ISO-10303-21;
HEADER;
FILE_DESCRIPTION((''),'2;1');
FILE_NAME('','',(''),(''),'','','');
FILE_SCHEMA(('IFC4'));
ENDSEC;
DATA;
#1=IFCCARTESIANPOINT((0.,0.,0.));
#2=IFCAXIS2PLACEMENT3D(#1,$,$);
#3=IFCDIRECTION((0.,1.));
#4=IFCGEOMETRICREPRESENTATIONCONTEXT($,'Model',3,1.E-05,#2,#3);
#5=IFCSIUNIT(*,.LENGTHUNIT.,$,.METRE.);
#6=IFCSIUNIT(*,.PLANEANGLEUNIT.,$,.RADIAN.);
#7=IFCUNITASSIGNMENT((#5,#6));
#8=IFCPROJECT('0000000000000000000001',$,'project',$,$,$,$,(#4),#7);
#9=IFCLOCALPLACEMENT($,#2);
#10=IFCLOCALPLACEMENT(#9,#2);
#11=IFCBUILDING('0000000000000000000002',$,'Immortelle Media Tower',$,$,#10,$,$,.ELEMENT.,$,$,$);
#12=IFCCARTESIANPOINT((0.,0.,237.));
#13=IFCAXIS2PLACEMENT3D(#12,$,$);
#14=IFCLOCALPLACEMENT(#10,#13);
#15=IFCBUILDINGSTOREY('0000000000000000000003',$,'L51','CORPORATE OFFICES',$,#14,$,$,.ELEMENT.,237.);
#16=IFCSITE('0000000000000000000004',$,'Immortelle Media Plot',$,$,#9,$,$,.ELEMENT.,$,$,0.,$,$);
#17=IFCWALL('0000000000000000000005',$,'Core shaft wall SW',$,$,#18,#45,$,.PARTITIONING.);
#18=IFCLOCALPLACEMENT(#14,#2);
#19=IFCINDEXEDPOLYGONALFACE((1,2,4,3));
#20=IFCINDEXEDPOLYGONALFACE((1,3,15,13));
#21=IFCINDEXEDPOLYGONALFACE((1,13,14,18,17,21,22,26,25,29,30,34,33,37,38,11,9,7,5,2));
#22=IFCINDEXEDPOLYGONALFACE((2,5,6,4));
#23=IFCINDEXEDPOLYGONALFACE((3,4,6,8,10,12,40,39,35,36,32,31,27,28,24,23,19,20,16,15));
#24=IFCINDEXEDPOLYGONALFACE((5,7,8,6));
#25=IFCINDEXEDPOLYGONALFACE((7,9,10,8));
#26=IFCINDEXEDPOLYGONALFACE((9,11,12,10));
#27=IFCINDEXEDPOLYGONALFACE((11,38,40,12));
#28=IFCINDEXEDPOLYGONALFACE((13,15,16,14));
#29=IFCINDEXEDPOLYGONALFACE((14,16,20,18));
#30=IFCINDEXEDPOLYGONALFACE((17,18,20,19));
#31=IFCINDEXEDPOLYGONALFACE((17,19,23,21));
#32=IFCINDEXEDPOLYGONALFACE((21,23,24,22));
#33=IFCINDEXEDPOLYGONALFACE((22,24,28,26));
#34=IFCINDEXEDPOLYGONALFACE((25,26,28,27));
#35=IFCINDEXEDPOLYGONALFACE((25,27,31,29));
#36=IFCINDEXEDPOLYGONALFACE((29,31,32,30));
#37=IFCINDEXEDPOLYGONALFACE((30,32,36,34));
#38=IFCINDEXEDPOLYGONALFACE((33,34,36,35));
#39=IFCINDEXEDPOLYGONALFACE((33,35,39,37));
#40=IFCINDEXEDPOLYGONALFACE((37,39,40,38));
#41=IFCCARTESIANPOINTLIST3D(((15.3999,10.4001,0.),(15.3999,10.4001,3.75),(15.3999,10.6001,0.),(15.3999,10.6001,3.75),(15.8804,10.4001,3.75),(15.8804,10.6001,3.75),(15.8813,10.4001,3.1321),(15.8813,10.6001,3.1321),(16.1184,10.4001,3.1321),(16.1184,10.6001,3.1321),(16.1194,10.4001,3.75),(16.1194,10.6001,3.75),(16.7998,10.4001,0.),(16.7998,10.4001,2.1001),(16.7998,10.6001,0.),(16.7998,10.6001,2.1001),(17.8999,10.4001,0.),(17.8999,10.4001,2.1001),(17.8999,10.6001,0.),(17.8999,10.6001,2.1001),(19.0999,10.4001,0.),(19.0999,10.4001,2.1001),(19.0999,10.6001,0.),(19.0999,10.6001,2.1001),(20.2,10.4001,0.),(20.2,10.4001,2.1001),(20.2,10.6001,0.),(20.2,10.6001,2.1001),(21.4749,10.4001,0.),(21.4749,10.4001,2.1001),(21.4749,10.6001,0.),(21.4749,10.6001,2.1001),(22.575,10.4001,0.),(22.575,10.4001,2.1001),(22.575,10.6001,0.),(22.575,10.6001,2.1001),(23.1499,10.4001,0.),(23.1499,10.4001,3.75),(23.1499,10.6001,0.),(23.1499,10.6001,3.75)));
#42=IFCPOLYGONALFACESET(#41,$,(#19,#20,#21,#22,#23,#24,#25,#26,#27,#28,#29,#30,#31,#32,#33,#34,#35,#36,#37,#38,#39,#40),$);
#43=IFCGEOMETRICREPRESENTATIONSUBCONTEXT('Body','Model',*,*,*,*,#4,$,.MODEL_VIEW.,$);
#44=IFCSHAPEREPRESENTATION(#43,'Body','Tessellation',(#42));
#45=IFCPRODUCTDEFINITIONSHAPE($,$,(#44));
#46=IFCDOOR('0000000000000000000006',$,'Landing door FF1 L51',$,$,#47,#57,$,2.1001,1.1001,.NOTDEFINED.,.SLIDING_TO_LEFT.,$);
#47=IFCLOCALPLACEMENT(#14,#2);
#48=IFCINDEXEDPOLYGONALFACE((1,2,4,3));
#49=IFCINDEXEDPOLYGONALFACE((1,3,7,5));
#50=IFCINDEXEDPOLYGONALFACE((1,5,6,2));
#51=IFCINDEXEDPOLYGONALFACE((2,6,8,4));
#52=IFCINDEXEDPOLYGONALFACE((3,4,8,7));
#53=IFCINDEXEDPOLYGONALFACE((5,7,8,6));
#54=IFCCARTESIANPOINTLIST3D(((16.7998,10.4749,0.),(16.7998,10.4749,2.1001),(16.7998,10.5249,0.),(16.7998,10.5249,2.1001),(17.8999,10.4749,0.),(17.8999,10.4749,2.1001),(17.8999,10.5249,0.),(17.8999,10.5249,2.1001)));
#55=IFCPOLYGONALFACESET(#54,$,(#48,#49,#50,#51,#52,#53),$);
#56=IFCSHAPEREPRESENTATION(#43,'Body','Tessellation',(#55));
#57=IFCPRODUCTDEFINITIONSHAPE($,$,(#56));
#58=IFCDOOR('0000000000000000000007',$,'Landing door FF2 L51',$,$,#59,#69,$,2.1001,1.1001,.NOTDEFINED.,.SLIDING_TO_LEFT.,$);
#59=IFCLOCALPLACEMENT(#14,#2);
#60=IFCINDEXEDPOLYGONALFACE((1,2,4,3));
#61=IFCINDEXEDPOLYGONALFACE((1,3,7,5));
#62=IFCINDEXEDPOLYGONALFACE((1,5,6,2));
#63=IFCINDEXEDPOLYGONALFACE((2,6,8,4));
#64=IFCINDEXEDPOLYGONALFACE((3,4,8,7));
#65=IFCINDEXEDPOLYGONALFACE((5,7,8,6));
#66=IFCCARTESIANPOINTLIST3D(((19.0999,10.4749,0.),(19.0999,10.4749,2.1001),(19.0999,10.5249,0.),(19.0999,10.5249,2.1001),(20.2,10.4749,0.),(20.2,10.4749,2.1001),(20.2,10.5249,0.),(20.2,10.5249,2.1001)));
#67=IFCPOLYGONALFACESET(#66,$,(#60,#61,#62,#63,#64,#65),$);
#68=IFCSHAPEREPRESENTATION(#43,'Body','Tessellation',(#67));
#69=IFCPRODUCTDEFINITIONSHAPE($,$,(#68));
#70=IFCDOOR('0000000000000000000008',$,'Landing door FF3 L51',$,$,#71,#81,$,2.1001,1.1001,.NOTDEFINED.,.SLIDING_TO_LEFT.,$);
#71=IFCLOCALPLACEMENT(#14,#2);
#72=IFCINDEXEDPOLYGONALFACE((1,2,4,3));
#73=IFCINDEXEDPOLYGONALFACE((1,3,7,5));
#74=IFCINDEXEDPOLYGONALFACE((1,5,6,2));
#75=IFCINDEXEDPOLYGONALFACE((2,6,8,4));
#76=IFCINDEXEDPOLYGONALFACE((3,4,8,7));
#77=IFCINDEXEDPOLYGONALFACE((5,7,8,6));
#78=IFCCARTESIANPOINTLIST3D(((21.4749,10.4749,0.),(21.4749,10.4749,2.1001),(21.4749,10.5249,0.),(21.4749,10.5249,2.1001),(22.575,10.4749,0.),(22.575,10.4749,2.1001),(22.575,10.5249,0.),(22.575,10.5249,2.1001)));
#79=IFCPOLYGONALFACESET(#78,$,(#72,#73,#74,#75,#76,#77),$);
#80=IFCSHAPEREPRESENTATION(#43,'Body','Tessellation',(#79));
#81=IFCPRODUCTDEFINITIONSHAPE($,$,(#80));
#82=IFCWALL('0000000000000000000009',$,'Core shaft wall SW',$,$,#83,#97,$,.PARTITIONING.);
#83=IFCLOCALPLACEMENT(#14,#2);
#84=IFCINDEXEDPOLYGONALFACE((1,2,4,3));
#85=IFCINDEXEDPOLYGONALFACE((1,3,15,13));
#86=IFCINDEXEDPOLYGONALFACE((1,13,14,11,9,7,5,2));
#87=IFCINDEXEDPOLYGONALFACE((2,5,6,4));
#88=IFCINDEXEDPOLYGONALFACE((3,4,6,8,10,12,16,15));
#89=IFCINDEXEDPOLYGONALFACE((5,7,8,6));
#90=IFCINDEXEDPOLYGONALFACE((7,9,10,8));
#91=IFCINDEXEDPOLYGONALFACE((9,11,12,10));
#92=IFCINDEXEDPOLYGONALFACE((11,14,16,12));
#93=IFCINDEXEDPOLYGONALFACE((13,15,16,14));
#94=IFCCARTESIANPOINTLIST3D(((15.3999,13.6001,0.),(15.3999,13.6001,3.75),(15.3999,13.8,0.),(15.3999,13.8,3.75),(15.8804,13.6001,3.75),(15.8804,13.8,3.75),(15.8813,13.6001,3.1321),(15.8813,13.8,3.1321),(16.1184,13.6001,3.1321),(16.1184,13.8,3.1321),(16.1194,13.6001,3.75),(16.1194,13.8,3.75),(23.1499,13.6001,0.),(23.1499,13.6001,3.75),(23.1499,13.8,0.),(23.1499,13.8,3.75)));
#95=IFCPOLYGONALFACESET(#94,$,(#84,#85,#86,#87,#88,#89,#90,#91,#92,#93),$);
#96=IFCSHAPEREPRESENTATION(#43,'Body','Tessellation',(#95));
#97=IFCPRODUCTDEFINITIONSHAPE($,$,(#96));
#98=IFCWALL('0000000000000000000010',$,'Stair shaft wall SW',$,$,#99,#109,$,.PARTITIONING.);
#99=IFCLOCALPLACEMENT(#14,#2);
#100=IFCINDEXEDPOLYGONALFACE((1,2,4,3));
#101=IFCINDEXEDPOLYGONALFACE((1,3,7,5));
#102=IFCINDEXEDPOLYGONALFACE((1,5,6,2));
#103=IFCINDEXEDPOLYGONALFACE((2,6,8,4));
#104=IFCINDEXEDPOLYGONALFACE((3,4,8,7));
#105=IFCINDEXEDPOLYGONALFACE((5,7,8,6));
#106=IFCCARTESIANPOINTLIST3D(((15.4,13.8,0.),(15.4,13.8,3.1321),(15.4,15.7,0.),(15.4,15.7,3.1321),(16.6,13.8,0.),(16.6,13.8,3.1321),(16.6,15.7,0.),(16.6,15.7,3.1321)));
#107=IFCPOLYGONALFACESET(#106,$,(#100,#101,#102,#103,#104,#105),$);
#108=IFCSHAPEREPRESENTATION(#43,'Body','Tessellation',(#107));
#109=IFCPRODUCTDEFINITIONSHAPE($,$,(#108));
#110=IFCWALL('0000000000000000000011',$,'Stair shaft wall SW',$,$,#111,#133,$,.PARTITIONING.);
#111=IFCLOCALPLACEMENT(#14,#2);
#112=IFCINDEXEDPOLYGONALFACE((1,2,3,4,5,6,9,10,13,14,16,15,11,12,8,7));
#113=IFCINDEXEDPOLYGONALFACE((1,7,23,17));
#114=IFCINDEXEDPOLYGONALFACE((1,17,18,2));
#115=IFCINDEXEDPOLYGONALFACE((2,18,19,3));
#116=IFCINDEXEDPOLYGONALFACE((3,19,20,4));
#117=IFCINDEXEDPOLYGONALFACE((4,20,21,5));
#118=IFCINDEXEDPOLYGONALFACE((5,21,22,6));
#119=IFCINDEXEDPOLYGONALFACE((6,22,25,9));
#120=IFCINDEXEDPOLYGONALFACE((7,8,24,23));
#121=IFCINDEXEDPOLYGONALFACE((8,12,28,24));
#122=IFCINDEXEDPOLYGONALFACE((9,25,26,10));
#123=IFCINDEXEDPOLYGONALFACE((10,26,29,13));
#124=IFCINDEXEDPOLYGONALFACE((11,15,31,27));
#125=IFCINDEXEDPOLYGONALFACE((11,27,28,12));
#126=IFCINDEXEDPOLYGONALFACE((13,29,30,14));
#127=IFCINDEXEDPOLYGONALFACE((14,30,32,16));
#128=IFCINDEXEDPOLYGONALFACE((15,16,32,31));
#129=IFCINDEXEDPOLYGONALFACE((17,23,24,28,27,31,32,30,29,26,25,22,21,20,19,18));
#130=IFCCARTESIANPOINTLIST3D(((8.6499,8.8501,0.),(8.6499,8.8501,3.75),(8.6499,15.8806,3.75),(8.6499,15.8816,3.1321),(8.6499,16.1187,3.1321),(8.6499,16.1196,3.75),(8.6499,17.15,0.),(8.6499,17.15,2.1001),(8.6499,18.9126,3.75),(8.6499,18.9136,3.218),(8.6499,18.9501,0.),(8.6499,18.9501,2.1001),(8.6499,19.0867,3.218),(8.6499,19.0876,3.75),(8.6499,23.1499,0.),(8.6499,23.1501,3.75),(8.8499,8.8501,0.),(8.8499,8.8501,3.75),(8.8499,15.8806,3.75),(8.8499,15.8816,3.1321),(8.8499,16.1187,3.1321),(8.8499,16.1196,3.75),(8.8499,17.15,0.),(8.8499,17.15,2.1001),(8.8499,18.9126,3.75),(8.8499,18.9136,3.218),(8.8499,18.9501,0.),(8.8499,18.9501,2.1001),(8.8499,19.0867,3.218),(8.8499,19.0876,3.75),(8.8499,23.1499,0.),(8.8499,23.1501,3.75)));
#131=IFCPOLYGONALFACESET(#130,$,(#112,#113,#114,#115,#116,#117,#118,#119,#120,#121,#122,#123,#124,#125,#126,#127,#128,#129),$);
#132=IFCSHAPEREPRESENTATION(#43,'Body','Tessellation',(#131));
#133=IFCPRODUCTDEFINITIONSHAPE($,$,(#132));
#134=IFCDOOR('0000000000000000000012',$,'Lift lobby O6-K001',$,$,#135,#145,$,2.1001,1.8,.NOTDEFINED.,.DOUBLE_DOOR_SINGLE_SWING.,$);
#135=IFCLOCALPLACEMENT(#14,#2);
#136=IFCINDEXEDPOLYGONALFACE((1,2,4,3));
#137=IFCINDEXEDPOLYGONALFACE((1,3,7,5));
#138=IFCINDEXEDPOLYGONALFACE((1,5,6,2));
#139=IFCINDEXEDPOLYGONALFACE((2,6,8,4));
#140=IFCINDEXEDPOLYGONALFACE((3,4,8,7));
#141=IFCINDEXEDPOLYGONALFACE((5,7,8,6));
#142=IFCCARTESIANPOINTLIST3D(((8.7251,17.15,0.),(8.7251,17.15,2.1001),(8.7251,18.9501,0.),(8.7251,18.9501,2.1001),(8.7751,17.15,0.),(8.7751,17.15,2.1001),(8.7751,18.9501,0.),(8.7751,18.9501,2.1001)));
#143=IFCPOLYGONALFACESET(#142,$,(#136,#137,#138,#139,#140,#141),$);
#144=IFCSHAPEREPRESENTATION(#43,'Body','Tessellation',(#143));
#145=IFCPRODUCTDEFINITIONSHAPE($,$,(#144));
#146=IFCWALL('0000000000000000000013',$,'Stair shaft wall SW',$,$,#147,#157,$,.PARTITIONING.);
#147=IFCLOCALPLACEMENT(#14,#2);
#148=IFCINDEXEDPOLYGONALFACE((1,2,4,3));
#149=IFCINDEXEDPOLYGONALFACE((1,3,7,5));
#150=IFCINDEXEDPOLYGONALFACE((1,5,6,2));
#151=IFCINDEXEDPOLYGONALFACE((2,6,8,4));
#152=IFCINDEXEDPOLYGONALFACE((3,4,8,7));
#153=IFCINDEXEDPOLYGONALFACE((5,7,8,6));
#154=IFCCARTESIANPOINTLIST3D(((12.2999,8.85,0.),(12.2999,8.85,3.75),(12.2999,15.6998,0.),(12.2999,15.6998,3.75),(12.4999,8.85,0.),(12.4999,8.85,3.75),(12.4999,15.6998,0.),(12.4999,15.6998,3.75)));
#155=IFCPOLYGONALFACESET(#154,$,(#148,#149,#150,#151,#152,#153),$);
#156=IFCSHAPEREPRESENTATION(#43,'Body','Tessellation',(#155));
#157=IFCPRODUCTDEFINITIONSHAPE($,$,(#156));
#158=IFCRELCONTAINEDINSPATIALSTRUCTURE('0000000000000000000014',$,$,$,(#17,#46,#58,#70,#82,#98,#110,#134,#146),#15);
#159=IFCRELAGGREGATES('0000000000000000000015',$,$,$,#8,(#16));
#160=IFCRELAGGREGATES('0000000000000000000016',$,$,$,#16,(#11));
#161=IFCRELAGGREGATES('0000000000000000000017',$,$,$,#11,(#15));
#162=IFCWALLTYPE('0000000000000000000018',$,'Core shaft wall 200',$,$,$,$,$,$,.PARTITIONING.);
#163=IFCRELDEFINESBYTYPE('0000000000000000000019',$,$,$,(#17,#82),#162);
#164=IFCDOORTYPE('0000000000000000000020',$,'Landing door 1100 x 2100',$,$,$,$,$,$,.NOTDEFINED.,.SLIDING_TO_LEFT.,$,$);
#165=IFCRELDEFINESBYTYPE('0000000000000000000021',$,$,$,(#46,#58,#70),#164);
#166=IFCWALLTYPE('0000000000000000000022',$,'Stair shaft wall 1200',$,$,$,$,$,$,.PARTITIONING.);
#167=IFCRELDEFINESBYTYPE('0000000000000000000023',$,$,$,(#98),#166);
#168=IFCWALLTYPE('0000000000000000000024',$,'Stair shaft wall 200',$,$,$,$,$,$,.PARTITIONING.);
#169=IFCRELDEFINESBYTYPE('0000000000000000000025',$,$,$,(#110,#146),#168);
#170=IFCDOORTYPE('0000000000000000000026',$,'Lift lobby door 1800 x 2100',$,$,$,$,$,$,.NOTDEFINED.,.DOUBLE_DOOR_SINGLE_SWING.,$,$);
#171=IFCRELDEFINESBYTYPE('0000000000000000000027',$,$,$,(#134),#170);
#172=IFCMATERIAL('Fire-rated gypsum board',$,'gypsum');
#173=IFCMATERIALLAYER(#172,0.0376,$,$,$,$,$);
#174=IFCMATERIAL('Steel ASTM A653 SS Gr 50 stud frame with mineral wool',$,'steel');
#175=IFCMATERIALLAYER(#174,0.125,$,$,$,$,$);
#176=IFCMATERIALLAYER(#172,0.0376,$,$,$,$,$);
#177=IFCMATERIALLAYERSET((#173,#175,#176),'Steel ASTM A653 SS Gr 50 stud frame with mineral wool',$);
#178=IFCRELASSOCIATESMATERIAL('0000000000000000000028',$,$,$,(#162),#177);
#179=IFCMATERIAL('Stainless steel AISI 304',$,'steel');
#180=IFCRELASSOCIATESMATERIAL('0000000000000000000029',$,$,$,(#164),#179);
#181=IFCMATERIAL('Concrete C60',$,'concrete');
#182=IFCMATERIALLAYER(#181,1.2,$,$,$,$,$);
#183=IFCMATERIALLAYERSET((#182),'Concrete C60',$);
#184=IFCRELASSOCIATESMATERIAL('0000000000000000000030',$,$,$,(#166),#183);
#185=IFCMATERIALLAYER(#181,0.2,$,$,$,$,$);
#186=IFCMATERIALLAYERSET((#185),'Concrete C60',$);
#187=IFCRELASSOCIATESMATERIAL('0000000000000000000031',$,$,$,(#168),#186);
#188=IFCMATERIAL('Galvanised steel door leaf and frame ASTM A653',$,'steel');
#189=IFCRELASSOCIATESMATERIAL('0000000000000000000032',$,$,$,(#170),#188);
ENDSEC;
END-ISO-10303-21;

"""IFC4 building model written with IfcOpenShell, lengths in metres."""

from ifc_helpers import new_model, si_unit, direction, frame, frame_2d, origin, place, context, subcontext, project, spatial, polyline, rectangle, outline, extrude, material, layer, layer_set, type_object, element, fill, save


model = new_model("IFC4")

# Units and contexts
model_context = context("Model", 3, precision=1e-05, world=origin(), true_north=direction((0.0, 1.0)))
body_context = subcontext(model_context, "Body", "Model", "MODEL_VIEW")
ifc_project = project(units=[si_unit("LENGTHUNIT", "METRE"), si_unit("PLANEANGLEUNIT", "RADIAN")], contexts=[model_context])

# Site, building, storey
site_placement = place(None, origin())
site = spatial("IfcSite", under=ifc_project, at=site_placement, Name="Immortelle Media Plot", CompositionType="ELEMENT", RefElevation=0.0)
building_placement = place(site_placement, origin())
building = spatial("IfcBuilding", under=site, at=building_placement, Name="Immortelle Media Tower", CompositionType="ELEMENT")
storey_placement = place(building_placement, frame((0.0, 0.0, 237.0)))
storey = spatial("IfcBuildingStorey", under=building, at=storey_placement, Name="L51", Description="CORPORATE OFFICES", CompositionType="ELEMENT", Elevation=237.0)

# Wall, openings, doors
ifc_material_1 = material(Name="Fire-rated gypsum board", Category="gypsum")
ifc_layer_1 = layer(ifc_material_1, 0.0376)
ifc_material_2 = material(Name="Steel ASTM A653 SS Gr 50 stud frame with mineral wool", Category="steel")
ifc_layer_2 = layer(ifc_material_2, 0.125)
ifc_layer_3 = layer(ifc_material_1, 0.0376)
ifc_layer_set_1 = layer_set([ifc_layer_1, ifc_layer_2, ifc_layer_3], Name="Steel ASTM A653 SS Gr 50 stud frame with mineral wool")
wall_type_1 = type_object("IfcWallType", Name="Core shaft wall 200", PredefinedType="PARTITIONING", material=ifc_layer_set_1)
wall_1_placement = place(storey_placement, frame((15.3999, 10.5, 0.0), z_axis=(0.0, 0.0, 1.0), x_axis=(1.0, 0.0, 0.0)))
wall_1 = element("IfcWall", 1, at=wall_1_placement, inside=storey, type_object=wall_type_1, Name="Core shaft wall SW", PredefinedType="PARTITIONING", context=body_context, shape_type="SweptSolid", body=[
    extrude(outline(polyline([(0.0, 0.0), (7.75, 0.0), (7.75, 3.75), (0.7195, 3.75), (0.7185, 3.1321), (0.4814, 3.1321), (0.4805, 3.75), (0.0, 3.75), (0.0, 0.0)])), frame((0.0, 0.1001, 0.0), z_axis=(0.0, -1.0, 0.0), x_axis=(1.0, 0.0, 0.0)), (0.0, 0.0, 1.0), 0.2),
])
opening_1_placement = place(wall_1_placement, frame((1.3999, 0.0, 0.0)))
opening_1 = element("IfcOpeningElement", 2, at=opening_1_placement, cuts=wall_1, PredefinedType="OPENING", context=body_context, shape_type="SweptSolid", body=[
    extrude(rectangle(XDim=1.1001, YDim=2.1001, at=frame_2d((0.55, 1.05))), frame((0.0, 0.1099, 0.0), z_axis=(0.0, -1.0, 0.0), x_axis=(1.0, 0.0, 0.0)), (0.0, 0.0, 1.0), 0.22),
])
opening_2_placement = place(wall_1_placement, frame((3.7, 0.0, 0.0)))
opening_2 = element("IfcOpeningElement", 3, at=opening_2_placement, cuts=wall_1, PredefinedType="OPENING", context=body_context, shape_type="SweptSolid", body=[
    extrude(rectangle(XDim=1.1001, YDim=2.1001, at=frame_2d((0.55, 1.05))), frame((0.0, 0.1099, 0.0), z_axis=(0.0, -1.0, 0.0), x_axis=(1.0, 0.0, 0.0)), (0.0, 0.0, 1.0), 0.22),
])
opening_3_placement = place(wall_1_placement, frame((6.075, 0.0, 0.0)))
opening_3 = element("IfcOpeningElement", 4, at=opening_3_placement, cuts=wall_1, PredefinedType="OPENING", context=body_context, shape_type="SweptSolid", body=[
    extrude(rectangle(XDim=1.1001, YDim=2.1001, at=frame_2d((0.55, 1.05))), frame((0.0, 0.1099, 0.0), z_axis=(0.0, -1.0, 0.0), x_axis=(1.0, 0.0, 0.0)), (0.0, 0.0, 1.0), 0.22),
])
ifc_material_3 = material(Name="Stainless steel AISI 304", Category="steel")
door_type_1 = type_object("IfcDoorType", Name="Landing door 1100 x 2100", OperationType="SLIDING_TO_LEFT", PredefinedType="NOTDEFINED", material=ifc_material_3)
door_1_placement = place(opening_1_placement, origin())
door_1 = element("IfcDoor", 5, at=door_1_placement, inside=storey, type_object=door_type_1, Name="Landing door FF1 L51", OperationType="SLIDING_TO_LEFT", OverallHeight=2.1001, OverallWidth=1.1001, PredefinedType="NOTDEFINED", context=body_context, shape_type="SweptSolid", body=[
    extrude(rectangle(XDim=1.1001, YDim=2.1001, at=frame_2d((0.55, 1.05))), frame((0.0, 0.0249, 0.0), z_axis=(0.0, -1.0, 0.0), x_axis=(1.0, 0.0, 0.0)), (0.0, 0.0, 1.0), 0.05),
])
fill(opening_1, door_1)
door_2_placement = place(opening_2_placement, origin())
door_2 = element("IfcDoor", 6, at=door_2_placement, inside=storey, type_object=door_type_1, Name="Landing door FF2 L51", OperationType="SLIDING_TO_LEFT", OverallHeight=2.1001, OverallWidth=1.1001, PredefinedType="NOTDEFINED", context=body_context, shape_type="SweptSolid", body=[
    extrude(rectangle(XDim=1.1001, YDim=2.1001, at=frame_2d((0.55, 1.05))), frame((0.0, 0.0249, 0.0), z_axis=(0.0, -1.0, 0.0), x_axis=(1.0, 0.0, 0.0)), (0.0, 0.0, 1.0), 0.05),
])
fill(opening_2, door_2)
door_3_placement = place(opening_3_placement, origin())
door_3 = element("IfcDoor", 7, at=door_3_placement, inside=storey, type_object=door_type_1, Name="Landing door FF3 L51", OperationType="SLIDING_TO_LEFT", OverallHeight=2.1001, OverallWidth=1.1001, PredefinedType="NOTDEFINED", context=body_context, shape_type="SweptSolid", body=[
    extrude(rectangle(XDim=1.1001, YDim=2.1001, at=frame_2d((0.55, 1.05))), frame((0.0, 0.0249, 0.0), z_axis=(0.0, -1.0, 0.0), x_axis=(1.0, 0.0, 0.0)), (0.0, 0.0, 1.0), 0.05),
])
fill(opening_3, door_3)

# Walls
wall_2_placement = place(storey_placement, frame((15.3999, 13.7, 0.0), z_axis=(0.0, 0.0, 1.0), x_axis=(1.0, 0.0, 0.0)))
element("IfcWall", 8, at=wall_2_placement, inside=storey, type_object=wall_type_1, Name="Core shaft wall SW", PredefinedType="PARTITIONING", context=body_context, shape_type="SweptSolid", body=[
    extrude(outline(polyline([(0.0, 0.0), (7.75, 0.0), (7.75, 3.75), (0.7195, 3.75), (0.7185, 3.1321), (0.4814, 3.1321), (0.4805, 3.75), (0.0, 3.75), (0.0, 0.0)])), frame((0.0, 0.1001, 0.0), z_axis=(0.0, -1.0, 0.0), x_axis=(1.0, 0.0, 0.0)), (0.0, 0.0, 1.0), 0.2),
])
ifc_material_4 = material(Name="Concrete C60", Category="concrete")
ifc_layer_4 = layer(ifc_material_4, 1.2)
ifc_layer_set_2 = layer_set([ifc_layer_4], Name="Concrete C60")
wall_type_2 = type_object("IfcWallType", Name="Stair shaft wall 1200", PredefinedType="PARTITIONING", material=ifc_layer_set_2)
wall_3_placement = place(storey_placement, frame((16.0, 13.8, 0.0), z_axis=(0.0, 0.0, 1.0), x_axis=(0.0, 1.0, 0.0)))
element("IfcWall", 9, at=wall_3_placement, inside=storey, type_object=wall_type_2, Name="Stair shaft wall SW", PredefinedType="PARTITIONING", context=body_context, shape_type="SweptSolid", body=[
    extrude(rectangle(XDim=1.8999, YDim=1.2, at=frame_2d((0.95, 0.0))), origin(), (0.0, 0.0, 1.0), 3.1321),
])

# Wall, opening, door
ifc_layer_5 = layer(ifc_material_4, 0.2)
ifc_layer_set_3 = layer_set([ifc_layer_5], Name="Concrete C60")
wall_type_3 = type_object("IfcWallType", Name="Stair shaft wall 200", PredefinedType="PARTITIONING", material=ifc_layer_set_3)
wall_4_placement = place(storey_placement, frame((8.75, 8.8501, 0.0), z_axis=(0.0, 0.0, 1.0), x_axis=(0.0, 1.0, 0.0)))
wall_4 = element("IfcWall", 10, at=wall_4_placement, inside=storey, type_object=wall_type_3, Name="Stair shaft wall SW", PredefinedType="PARTITIONING", context=body_context, shape_type="SweptSolid", body=[
    extrude(outline(polyline([(0.0, 0.0), (14.2998, 0.0), (14.3, 3.75), (10.2375, 3.75), (10.2366, 3.218), (10.0635, 3.218), (10.0625, 3.75), (7.2695, 3.75), (7.2686, 3.1321), (7.0315, 3.1321), (7.0305, 3.75), (0.0, 3.75), (0.0, 0.0)])), frame((0.0, 0.1001, 0.0), z_axis=(0.0, -1.0, 0.0), x_axis=(1.0, 0.0, 0.0)), (0.0, 0.0, 1.0), 0.2),
])
opening_4_placement = place(wall_4_placement, frame((8.3, 0.0, 0.0)))
opening_4 = element("IfcOpeningElement", 11, at=opening_4_placement, cuts=wall_4, PredefinedType="OPENING", context=body_context, shape_type="SweptSolid", body=[
    extrude(rectangle(XDim=1.8, YDim=2.1001, at=frame_2d((0.8999, 1.05))), frame((0.0, 0.1099, 0.0), z_axis=(0.0, -1.0, 0.0), x_axis=(1.0, 0.0, 0.0)), (0.0, 0.0, 1.0), 0.22),
])
ifc_material_5 = material(Name="Galvanised steel door leaf and frame ASTM A653", Category="steel")
door_type_2 = type_object("IfcDoorType", Name="Lift lobby door 1800 x 2100", OperationType="DOUBLE_DOOR_SINGLE_SWING", PredefinedType="NOTDEFINED", material=ifc_material_5)
door_4_placement = place(opening_4_placement, origin())
door_4 = element("IfcDoor", 12, at=door_4_placement, inside=storey, type_object=door_type_2, Name="Lift lobby O6-K001", OperationType="DOUBLE_DOOR_SINGLE_SWING", OverallHeight=2.1001, OverallWidth=1.8, PredefinedType="NOTDEFINED", context=body_context, shape_type="SweptSolid", body=[
    extrude(rectangle(XDim=1.8, YDim=2.1001, at=frame_2d((0.8999, 1.05))), frame((0.0, 0.0249, 0.0), z_axis=(0.0, -1.0, 0.0), x_axis=(1.0, 0.0, 0.0)), (0.0, 0.0, 1.0), 0.05),
])
fill(opening_4, door_4)

# Wall
wall_5_placement = place(storey_placement, frame((12.3999, 8.8501, 0.0), z_axis=(0.0, 0.0, 1.0), x_axis=(0.0, 1.0, 0.0)))
element("IfcWall", 13, at=wall_5_placement, inside=storey, type_object=wall_type_3, Name="Stair shaft wall SW", PredefinedType="PARTITIONING", context=body_context, shape_type="SweptSolid", body=[
    extrude(rectangle(XDim=6.8499, YDim=0.2, at=frame_2d((3.4248, 0.0))), origin(), (0.0, 0.0, 1.0), 3.75),
])

save(model, "model.ifc")
